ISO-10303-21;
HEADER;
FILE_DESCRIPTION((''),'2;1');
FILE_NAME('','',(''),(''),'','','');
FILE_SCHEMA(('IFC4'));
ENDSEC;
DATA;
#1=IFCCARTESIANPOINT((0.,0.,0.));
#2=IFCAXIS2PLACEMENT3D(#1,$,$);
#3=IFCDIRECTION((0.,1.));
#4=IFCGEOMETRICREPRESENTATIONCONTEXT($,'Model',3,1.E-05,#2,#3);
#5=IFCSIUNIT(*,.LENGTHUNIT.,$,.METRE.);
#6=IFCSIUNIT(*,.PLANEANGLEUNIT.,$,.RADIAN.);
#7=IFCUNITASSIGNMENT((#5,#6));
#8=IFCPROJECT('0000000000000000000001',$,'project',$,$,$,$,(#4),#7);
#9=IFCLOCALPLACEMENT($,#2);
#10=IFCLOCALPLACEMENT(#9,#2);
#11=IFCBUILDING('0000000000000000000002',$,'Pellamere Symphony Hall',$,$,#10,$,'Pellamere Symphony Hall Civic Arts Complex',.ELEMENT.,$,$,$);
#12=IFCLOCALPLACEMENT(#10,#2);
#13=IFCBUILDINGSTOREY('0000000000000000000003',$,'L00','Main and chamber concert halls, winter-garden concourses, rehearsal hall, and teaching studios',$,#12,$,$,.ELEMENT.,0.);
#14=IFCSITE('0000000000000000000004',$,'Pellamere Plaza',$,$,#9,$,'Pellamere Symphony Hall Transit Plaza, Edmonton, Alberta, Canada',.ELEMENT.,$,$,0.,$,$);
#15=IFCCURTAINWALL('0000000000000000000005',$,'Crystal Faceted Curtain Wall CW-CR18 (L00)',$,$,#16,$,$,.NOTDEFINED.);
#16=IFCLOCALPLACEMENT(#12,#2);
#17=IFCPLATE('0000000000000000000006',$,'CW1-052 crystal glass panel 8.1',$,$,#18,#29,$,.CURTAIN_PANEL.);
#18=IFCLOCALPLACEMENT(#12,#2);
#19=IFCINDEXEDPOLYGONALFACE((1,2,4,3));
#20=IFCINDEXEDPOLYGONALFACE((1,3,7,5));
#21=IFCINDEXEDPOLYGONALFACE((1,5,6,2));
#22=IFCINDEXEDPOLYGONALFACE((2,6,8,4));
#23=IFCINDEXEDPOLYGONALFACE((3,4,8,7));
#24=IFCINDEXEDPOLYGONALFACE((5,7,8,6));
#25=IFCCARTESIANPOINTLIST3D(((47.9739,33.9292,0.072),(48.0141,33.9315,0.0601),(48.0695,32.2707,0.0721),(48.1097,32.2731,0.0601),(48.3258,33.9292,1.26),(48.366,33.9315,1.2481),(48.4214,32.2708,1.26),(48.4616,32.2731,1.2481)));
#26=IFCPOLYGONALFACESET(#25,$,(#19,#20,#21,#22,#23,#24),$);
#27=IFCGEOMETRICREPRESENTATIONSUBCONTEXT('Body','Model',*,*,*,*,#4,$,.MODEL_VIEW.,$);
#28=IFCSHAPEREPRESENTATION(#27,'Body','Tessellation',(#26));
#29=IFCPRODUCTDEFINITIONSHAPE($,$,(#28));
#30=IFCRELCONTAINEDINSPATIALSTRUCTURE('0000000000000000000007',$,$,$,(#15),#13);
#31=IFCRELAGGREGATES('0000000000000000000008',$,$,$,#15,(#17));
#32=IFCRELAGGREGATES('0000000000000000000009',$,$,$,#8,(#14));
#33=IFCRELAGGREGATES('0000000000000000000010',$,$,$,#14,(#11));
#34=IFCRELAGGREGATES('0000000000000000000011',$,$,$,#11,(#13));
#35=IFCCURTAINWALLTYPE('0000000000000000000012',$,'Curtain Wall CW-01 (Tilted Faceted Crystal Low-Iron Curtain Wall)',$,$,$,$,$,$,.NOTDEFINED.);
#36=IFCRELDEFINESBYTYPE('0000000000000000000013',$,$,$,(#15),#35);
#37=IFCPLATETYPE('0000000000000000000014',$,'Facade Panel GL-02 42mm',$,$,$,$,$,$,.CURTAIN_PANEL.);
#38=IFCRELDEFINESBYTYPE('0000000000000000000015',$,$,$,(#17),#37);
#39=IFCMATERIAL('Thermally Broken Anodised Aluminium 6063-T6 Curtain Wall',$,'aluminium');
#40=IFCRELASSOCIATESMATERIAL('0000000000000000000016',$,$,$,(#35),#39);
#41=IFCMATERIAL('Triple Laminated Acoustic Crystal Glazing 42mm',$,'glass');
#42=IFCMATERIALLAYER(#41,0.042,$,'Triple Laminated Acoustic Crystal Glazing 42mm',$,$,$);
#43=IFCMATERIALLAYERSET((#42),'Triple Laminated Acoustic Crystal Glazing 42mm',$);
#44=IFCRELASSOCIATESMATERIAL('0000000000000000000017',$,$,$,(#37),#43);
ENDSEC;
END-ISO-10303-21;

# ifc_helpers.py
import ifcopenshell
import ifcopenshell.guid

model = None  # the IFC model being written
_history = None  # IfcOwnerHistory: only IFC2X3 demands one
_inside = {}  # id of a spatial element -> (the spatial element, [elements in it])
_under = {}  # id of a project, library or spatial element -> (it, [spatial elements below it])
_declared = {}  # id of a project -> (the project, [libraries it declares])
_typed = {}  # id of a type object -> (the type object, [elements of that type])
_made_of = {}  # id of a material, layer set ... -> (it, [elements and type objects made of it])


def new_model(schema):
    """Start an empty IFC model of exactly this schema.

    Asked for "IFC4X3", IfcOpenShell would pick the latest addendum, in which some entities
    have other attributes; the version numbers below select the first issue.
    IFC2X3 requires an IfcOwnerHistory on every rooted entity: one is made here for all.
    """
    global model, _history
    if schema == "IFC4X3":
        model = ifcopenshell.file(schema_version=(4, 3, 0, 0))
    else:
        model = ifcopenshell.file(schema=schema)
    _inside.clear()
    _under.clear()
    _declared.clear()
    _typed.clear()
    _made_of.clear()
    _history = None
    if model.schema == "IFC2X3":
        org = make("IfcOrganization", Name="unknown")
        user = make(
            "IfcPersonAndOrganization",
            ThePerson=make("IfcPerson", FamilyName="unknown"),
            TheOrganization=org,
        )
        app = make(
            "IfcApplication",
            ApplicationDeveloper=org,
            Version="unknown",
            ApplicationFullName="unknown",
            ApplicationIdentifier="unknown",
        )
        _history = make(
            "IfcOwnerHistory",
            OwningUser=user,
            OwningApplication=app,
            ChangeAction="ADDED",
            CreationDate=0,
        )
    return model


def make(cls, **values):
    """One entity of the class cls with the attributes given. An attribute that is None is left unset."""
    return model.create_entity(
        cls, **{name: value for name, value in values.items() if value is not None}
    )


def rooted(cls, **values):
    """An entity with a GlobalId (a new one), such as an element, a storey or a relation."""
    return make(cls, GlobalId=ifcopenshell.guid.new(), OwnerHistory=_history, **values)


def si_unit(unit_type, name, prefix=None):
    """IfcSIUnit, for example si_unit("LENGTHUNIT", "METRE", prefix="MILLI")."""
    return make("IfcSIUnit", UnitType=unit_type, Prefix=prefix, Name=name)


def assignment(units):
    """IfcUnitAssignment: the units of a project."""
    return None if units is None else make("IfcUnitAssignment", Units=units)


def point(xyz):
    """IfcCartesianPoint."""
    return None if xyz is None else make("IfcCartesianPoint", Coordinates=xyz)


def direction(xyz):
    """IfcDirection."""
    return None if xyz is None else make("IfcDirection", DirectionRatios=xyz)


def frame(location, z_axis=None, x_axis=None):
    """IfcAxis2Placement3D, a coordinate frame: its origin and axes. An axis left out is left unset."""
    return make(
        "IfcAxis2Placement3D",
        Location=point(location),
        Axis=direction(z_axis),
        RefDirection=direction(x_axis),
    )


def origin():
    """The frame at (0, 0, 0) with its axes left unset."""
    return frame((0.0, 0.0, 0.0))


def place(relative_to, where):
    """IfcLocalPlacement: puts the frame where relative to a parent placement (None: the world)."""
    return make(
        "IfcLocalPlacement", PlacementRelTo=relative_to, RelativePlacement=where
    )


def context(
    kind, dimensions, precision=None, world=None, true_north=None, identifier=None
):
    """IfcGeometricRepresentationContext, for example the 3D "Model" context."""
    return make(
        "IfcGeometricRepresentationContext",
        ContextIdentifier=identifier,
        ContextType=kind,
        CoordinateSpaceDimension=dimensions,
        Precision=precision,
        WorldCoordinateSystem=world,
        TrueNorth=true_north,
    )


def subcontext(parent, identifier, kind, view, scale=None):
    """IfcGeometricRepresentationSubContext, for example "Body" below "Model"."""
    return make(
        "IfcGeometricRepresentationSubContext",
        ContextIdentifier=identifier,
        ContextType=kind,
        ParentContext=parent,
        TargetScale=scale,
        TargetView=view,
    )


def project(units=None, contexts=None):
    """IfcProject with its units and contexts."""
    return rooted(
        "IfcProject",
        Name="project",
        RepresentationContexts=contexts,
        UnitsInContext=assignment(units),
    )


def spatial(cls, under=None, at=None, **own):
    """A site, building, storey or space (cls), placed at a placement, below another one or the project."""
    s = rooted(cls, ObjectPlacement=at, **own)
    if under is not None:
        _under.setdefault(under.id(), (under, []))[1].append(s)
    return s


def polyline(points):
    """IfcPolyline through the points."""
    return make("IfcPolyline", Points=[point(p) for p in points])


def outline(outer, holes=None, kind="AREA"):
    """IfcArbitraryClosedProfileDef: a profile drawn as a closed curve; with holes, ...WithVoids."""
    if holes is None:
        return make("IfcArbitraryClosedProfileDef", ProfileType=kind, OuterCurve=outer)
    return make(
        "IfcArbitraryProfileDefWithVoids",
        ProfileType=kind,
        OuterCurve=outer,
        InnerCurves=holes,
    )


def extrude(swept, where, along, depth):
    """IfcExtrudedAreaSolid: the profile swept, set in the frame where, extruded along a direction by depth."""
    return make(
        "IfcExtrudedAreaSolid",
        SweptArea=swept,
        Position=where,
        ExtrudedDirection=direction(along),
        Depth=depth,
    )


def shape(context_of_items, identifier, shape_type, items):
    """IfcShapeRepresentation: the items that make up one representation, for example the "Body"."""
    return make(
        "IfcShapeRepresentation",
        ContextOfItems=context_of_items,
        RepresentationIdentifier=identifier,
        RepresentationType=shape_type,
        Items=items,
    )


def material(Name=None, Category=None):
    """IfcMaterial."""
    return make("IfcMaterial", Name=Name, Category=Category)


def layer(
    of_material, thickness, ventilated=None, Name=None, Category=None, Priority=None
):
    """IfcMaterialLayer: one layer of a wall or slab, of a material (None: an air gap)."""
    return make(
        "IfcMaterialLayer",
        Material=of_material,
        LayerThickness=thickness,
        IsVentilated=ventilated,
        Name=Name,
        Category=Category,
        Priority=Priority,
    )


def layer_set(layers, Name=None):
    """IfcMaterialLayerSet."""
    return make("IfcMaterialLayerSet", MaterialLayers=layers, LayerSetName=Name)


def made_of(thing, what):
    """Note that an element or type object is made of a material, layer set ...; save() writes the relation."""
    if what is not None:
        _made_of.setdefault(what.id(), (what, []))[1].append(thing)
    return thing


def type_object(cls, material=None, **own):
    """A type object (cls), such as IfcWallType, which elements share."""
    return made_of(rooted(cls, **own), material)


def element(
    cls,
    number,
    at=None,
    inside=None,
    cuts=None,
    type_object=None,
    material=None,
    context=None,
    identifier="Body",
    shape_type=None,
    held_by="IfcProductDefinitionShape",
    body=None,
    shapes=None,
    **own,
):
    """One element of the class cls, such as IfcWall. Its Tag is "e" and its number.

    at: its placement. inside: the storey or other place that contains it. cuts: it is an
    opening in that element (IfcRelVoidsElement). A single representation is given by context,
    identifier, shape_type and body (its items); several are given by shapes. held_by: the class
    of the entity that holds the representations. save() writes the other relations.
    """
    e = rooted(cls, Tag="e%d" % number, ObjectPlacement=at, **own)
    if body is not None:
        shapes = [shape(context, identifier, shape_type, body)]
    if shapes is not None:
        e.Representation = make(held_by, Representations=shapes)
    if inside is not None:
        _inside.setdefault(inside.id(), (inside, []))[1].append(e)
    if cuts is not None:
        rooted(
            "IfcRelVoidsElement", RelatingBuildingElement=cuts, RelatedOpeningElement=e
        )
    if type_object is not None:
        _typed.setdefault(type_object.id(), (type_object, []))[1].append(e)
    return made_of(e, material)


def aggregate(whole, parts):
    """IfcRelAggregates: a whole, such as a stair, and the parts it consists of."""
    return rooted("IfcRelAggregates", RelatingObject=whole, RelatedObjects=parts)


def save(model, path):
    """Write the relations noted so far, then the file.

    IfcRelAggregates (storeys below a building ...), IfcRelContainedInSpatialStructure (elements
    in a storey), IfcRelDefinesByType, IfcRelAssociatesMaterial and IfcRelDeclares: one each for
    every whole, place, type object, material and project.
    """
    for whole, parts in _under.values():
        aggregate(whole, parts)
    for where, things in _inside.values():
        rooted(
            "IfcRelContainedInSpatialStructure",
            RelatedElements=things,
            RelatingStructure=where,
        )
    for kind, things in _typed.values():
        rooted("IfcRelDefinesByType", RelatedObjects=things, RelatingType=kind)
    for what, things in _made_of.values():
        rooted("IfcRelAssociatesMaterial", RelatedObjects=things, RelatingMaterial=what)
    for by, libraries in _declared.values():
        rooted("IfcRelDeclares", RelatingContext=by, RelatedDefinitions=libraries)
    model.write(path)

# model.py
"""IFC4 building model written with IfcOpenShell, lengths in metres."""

from ifc_helpers import new_model, si_unit, direction, frame, origin, place, context, subcontext, project, spatial, polyline, outline, extrude, material, layer, layer_set, type_object, element, aggregate, save


model = new_model("IFC4")

# Units and contexts
model_context = context("Model", 3, precision=1e-05, world=origin(), true_north=direction((0.0, 1.0)))
body_context = subcontext(model_context, "Body", "Model", "MODEL_VIEW")
ifc_project = project(units=[si_unit("LENGTHUNIT", "METRE"), si_unit("PLANEANGLEUNIT", "RADIAN")], contexts=[model_context])

# Site, building, storey
site_placement = place(None, origin())
site = spatial("IfcSite", under=ifc_project, at=site_placement, Name="Pellamere Plaza", LongName="Pellamere Symphony Hall Transit Plaza, Edmonton, Alberta, Canada", CompositionType="ELEMENT", RefElevation=0.0)
building_placement = place(site_placement, origin())
building = spatial("IfcBuilding", under=site, at=building_placement, Name="Pellamere Symphony Hall", LongName="Pellamere Symphony Hall Civic Arts Complex", CompositionType="ELEMENT")
storey_placement = place(building_placement, origin())
storey = spatial("IfcBuildingStorey", under=building, at=storey_placement, Name="L00", Description="Main and chamber concert halls, winter-garden concourses, rehearsal hall, and teaching studios", CompositionType="ELEMENT", Elevation=0.0)

# Curtain wall
ifc_material_1 = material(Name="Thermally Broken Anodised Aluminium 6063-T6 Curtain Wall", Category="aluminium")
curtain_wall_type_1 = type_object("IfcCurtainWallType", Name="Curtain Wall CW-01 (Tilted Faceted Crystal Low-Iron Curtain Wall)", PredefinedType="NOTDEFINED", material=ifc_material_1)
curtain_wall_1_placement = place(storey_placement, origin())
curtain_wall_1 = element("IfcCurtainWall", 1, at=curtain_wall_1_placement, inside=storey, type_object=curtain_wall_type_1, Name="Crystal Faceted Curtain Wall CW-CR18 (L00)", PredefinedType="NOTDEFINED")

# Plate
ifc_material_2 = material(Name="Triple Laminated Acoustic Crystal Glazing 42mm", Category="glass")
ifc_layer_1 = layer(ifc_material_2, 0.042, Name="Triple Laminated Acoustic Crystal Glazing 42mm")
ifc_layer_set_1 = layer_set([ifc_layer_1], Name="Triple Laminated Acoustic Crystal Glazing 42mm")
plate_type_1 = type_object("IfcPlateType", Name="Facade Panel GL-02 42mm", PredefinedType="CURTAIN_PANEL", material=ifc_layer_set_1)
plate_1_placement = place(storey_placement, frame((47.9739, 33.9292, 0.072), z_axis=(-0.957352, -0.055175, 0.283605), x_axis=(0.057543, -0.998343, 0.00002)))
plate_1 = element("IfcPlate", 2, at=plate_1_placement, type_object=plate_type_1, Name="CW1-052 crystal glass panel 8.1", PredefinedType="CURTAIN_PANEL", context=body_context, shape_type="SweptSolid", body=[
    extrude(outline(polyline([(0.0, 0.0), (1.6612, 0.0), (1.6815, 1.2388), (0.0203, 1.2389), (0.0, 0.0)])), origin(), (0.0, 0.0, -1.0), 0.042),
])
aggregate(curtain_wall_1, [plate_1])

save(model, "model.ifc")
